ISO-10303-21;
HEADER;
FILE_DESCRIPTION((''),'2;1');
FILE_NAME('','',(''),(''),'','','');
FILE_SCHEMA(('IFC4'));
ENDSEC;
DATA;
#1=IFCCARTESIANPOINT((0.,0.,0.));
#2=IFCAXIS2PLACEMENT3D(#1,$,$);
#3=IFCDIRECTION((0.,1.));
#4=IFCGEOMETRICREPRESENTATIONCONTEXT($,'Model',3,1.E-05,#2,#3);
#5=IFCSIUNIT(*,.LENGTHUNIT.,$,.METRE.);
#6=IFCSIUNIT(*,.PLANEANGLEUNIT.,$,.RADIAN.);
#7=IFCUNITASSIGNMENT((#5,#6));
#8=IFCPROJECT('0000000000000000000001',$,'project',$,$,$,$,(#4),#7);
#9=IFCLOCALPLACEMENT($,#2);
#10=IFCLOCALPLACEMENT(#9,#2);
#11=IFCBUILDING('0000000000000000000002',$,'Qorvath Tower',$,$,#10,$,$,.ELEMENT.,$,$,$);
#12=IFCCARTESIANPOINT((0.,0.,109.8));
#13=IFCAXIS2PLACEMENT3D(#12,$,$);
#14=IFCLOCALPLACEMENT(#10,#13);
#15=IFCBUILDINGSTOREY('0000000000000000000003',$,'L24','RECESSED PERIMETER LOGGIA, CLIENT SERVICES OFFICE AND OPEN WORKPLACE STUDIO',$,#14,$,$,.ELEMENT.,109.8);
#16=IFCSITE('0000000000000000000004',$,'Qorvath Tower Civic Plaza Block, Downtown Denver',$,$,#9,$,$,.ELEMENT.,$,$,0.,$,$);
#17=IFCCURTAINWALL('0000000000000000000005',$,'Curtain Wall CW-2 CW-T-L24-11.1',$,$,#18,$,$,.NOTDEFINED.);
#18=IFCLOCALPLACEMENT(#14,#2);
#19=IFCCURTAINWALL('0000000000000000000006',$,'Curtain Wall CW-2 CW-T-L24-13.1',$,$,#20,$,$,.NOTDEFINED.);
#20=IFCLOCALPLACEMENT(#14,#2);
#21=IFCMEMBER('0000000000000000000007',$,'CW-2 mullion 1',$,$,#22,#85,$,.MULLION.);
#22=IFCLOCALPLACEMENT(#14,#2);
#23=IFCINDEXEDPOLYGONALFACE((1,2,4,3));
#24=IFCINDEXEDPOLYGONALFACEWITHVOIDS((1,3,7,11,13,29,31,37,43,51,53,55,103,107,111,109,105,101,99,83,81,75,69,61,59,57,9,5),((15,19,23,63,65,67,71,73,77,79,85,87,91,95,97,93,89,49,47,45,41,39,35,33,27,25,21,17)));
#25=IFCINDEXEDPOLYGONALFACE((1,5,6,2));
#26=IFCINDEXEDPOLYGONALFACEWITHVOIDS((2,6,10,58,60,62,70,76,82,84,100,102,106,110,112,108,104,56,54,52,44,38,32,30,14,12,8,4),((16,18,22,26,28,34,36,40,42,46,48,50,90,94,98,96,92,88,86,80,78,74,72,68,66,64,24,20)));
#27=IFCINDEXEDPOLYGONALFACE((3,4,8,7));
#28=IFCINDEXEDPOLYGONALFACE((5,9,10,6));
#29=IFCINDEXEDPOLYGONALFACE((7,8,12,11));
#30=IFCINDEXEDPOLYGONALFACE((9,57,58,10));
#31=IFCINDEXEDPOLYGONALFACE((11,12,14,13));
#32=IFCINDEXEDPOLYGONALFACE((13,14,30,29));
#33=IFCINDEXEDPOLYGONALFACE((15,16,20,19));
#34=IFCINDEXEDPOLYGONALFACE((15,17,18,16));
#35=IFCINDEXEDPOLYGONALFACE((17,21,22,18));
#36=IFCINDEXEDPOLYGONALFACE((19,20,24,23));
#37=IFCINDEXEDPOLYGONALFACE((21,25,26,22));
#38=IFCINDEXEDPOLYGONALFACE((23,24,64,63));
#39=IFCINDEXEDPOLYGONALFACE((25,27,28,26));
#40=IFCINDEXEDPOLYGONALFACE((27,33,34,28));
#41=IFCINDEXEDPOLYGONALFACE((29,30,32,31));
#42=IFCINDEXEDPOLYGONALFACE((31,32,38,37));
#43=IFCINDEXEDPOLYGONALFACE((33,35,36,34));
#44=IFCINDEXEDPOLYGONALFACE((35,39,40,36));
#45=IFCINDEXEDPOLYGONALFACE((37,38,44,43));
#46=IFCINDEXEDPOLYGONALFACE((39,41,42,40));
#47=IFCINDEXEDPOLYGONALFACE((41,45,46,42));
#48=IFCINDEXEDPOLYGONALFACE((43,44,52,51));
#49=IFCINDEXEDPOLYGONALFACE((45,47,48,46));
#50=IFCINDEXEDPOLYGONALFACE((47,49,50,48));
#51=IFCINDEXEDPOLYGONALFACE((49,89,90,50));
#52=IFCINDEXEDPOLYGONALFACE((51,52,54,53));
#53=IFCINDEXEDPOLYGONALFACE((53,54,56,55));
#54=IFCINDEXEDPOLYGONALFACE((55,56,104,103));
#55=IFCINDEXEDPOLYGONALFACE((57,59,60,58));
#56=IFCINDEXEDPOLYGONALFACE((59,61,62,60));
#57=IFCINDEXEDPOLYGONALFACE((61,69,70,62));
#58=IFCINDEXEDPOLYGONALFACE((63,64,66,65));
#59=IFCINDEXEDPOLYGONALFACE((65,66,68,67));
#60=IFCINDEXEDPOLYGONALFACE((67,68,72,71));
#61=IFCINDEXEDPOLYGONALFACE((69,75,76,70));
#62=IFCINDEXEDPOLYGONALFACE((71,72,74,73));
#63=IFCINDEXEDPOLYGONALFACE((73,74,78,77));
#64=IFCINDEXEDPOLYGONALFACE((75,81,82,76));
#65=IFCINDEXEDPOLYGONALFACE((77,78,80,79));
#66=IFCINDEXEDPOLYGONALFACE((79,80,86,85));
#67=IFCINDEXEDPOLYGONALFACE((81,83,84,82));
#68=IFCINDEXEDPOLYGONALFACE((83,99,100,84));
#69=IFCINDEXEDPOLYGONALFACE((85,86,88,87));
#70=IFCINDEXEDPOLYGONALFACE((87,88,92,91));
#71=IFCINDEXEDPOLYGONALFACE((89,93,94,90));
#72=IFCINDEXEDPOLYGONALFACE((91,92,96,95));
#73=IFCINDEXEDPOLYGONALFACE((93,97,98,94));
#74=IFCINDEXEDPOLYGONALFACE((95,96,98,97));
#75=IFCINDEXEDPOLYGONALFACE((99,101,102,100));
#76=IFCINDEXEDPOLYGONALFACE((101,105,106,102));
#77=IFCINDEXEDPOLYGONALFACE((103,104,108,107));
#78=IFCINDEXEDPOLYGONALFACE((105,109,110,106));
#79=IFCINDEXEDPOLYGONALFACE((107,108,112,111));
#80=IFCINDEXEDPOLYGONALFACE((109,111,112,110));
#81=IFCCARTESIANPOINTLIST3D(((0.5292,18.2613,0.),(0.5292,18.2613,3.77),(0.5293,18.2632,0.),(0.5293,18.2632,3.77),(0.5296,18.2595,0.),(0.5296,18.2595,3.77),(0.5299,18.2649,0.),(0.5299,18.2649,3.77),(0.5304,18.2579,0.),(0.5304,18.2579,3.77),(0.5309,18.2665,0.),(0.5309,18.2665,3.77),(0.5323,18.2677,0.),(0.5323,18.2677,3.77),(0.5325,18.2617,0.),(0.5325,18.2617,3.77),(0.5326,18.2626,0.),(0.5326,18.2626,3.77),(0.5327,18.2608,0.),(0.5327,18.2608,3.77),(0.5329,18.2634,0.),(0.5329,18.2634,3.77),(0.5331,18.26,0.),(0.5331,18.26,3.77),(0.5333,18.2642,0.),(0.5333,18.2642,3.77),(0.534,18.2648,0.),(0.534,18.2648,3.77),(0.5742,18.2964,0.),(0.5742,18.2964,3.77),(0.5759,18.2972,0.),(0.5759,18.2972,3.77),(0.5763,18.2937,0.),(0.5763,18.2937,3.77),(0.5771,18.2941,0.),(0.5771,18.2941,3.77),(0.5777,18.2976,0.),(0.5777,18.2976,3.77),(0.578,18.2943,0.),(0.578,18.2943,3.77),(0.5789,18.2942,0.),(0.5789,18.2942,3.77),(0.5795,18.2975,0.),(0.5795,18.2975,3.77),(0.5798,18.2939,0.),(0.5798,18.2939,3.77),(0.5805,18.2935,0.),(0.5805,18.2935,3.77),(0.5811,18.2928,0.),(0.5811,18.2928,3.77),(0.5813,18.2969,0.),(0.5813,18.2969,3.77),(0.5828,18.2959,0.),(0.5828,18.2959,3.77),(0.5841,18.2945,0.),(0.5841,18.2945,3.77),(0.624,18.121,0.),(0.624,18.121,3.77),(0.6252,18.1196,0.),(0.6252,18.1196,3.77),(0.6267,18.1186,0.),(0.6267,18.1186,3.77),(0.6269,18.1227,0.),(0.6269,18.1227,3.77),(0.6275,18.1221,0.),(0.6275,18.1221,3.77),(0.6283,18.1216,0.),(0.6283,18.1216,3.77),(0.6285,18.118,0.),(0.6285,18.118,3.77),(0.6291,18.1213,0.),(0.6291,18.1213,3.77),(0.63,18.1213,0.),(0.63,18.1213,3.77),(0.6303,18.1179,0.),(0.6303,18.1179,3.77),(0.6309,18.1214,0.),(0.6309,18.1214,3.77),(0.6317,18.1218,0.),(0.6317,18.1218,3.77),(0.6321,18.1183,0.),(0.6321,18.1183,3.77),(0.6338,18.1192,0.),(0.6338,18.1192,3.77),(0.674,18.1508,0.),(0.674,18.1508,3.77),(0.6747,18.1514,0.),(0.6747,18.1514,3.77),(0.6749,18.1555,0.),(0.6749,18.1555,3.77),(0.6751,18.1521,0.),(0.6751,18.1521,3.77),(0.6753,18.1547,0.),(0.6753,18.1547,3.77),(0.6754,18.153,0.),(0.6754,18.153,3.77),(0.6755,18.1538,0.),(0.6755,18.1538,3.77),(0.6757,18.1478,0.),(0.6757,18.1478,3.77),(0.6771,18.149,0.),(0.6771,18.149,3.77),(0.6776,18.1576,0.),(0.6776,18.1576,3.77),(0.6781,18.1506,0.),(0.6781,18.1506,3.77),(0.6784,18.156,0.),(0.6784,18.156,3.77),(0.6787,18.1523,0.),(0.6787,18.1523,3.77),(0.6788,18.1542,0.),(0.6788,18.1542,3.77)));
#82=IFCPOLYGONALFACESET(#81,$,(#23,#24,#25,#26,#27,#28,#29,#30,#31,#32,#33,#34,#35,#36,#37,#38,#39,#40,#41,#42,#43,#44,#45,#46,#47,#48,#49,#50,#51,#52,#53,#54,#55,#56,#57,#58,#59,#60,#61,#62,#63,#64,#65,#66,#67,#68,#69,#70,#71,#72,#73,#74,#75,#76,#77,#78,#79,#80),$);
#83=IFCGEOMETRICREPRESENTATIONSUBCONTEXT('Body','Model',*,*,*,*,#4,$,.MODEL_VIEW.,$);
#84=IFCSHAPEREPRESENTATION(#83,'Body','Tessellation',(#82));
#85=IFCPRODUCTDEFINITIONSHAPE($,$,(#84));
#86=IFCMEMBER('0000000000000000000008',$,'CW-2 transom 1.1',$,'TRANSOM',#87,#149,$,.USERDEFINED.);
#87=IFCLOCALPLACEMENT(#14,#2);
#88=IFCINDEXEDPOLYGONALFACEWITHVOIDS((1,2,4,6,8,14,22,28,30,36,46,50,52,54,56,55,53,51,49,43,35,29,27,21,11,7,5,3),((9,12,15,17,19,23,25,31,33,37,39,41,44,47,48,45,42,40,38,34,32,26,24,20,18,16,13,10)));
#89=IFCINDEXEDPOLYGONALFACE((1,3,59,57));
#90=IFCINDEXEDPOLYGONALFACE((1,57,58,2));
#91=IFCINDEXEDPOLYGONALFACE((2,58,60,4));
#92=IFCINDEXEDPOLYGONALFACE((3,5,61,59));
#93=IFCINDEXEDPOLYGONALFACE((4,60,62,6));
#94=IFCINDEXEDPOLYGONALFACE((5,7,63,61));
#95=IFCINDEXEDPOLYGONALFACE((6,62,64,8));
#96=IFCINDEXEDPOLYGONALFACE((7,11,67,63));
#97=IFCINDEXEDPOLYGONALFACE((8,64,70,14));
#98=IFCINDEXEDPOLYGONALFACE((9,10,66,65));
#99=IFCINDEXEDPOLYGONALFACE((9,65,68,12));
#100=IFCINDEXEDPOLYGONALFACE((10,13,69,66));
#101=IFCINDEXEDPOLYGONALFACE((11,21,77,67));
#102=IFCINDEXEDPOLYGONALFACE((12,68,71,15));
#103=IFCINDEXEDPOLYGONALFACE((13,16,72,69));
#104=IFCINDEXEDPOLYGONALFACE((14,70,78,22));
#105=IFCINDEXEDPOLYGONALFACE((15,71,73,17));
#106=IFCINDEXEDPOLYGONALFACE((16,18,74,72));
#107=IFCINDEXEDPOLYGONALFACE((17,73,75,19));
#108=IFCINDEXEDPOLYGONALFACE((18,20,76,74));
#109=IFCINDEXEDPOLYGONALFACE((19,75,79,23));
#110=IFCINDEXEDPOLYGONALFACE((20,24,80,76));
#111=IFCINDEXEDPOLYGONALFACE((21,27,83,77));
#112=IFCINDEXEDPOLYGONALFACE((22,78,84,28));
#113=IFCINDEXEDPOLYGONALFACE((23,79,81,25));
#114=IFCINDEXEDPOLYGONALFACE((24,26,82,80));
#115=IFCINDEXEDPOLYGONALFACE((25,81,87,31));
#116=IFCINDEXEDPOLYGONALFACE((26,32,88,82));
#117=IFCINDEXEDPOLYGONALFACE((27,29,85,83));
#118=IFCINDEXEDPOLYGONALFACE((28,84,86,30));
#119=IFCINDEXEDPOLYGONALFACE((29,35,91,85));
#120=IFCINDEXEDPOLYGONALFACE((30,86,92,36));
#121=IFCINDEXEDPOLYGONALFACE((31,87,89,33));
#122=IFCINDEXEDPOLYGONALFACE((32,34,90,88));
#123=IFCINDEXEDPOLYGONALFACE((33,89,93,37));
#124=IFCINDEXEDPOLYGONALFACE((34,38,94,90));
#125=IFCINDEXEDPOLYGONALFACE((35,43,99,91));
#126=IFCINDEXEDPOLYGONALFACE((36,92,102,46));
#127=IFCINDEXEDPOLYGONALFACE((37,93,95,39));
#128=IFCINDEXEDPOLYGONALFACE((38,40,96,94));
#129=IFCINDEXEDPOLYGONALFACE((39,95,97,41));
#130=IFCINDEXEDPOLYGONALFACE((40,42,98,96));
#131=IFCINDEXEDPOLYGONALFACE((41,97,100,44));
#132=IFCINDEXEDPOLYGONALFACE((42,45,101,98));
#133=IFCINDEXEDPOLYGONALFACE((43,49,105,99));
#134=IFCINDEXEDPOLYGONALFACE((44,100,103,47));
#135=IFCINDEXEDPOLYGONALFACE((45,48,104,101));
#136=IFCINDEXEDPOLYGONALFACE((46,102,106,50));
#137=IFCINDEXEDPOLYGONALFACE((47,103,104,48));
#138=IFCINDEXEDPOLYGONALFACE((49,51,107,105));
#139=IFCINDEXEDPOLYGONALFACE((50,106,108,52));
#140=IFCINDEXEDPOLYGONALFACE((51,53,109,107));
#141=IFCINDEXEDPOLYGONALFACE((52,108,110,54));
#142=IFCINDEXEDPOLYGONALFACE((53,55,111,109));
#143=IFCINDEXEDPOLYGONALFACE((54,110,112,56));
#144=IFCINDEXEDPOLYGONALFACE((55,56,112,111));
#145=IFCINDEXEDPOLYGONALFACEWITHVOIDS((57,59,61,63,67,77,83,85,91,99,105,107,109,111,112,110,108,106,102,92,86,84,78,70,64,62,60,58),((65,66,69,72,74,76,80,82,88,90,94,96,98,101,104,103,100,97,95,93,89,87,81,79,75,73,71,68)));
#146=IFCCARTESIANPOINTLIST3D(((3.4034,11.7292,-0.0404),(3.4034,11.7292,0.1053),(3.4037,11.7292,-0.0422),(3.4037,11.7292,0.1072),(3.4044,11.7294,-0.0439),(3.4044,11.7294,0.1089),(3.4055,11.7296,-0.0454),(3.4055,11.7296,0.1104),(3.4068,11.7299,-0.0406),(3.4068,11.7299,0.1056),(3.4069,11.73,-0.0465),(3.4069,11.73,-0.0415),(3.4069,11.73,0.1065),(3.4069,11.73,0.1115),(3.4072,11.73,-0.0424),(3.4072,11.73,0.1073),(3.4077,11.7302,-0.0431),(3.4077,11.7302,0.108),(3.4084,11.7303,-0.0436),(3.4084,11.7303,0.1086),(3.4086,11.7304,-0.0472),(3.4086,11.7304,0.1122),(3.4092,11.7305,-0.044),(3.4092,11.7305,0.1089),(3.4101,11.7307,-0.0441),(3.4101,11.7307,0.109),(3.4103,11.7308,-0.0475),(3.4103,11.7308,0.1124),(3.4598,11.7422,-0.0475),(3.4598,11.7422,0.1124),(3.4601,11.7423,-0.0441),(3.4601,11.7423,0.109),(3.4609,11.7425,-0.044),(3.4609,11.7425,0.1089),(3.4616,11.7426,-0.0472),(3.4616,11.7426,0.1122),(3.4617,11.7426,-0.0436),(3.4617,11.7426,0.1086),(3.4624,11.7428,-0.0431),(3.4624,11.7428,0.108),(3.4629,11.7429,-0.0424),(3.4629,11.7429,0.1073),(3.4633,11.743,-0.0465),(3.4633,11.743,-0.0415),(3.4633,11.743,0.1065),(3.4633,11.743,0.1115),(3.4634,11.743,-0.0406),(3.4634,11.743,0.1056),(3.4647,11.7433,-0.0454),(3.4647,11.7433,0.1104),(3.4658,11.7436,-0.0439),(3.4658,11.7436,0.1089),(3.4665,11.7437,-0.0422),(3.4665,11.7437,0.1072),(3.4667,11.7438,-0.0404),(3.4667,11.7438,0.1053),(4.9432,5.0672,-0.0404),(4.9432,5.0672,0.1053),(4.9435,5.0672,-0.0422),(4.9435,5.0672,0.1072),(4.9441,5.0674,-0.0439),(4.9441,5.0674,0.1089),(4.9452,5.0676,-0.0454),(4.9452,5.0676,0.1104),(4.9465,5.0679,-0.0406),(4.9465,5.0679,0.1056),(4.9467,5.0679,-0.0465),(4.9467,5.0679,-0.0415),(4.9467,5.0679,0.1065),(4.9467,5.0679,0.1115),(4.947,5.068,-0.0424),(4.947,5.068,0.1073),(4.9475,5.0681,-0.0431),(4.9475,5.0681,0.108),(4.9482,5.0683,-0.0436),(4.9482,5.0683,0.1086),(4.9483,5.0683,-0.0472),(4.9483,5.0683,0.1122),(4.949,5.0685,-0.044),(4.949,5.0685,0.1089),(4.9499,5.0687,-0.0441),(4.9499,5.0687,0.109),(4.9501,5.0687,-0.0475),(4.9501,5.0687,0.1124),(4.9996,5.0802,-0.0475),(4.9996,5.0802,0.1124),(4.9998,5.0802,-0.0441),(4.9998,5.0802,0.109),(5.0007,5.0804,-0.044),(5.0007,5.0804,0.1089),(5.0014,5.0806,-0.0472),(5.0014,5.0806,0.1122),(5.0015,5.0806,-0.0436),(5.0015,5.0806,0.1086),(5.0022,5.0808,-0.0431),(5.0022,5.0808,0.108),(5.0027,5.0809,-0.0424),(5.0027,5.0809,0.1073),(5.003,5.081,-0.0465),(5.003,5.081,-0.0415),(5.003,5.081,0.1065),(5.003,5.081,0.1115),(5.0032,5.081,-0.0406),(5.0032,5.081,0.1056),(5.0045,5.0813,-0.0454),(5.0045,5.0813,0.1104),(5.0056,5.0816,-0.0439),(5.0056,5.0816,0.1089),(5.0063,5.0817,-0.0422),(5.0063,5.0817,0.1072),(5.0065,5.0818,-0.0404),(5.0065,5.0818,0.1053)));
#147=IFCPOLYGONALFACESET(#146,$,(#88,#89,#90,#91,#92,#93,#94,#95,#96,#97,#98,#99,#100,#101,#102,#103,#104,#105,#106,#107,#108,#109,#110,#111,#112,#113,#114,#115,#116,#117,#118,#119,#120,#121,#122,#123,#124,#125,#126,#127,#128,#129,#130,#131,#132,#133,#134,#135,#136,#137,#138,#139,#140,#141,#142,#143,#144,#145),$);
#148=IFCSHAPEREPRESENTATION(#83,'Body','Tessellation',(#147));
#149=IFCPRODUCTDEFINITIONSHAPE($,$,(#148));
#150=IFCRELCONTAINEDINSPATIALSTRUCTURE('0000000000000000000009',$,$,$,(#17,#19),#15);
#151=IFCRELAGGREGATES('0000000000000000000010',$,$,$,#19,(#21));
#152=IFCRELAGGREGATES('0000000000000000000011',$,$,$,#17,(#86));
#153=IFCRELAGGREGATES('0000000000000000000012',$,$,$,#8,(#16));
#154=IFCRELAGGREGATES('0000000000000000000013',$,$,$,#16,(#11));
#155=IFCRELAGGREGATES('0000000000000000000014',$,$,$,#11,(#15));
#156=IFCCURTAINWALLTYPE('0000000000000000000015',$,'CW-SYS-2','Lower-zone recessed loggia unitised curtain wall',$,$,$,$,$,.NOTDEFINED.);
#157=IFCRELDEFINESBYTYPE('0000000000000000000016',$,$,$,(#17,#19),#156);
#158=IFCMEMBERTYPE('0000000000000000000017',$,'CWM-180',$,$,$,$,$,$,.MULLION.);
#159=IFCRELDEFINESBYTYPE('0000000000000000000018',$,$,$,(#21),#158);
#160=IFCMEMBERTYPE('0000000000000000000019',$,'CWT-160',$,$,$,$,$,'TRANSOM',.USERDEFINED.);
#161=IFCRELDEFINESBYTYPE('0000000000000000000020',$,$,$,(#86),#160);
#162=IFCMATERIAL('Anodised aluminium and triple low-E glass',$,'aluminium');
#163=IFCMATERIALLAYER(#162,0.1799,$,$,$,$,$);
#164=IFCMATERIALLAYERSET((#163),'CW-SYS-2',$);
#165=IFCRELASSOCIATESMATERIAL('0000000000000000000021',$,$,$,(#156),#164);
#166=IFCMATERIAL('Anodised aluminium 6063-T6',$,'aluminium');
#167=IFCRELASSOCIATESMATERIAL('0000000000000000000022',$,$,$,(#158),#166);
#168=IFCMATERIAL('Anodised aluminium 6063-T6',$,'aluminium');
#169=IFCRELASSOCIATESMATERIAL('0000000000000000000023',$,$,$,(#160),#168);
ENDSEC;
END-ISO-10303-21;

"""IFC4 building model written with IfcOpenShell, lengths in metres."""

from ifc_helpers import new_model, si_unit, direction, frame, origin, origin_2d, place, context, subcontext, project, spatial, hollow_rectangle, extrude, material, layer, layer_set, material_profile, profile_set, type_object, element, aggregate, save


model = new_model("IFC4")

# Units and contexts
model_context = context("Model", 3, precision=1e-05, world=origin(), true_north=direction((0.0, 1.0)))
body_context = subcontext(model_context, "Body", "Model", "MODEL_VIEW")
ifc_project = project(units=[si_unit("LENGTHUNIT", "METRE"), si_unit("PLANEANGLEUNIT", "RADIAN")], contexts=[model_context])

# Site, building, storey
site_placement = place(None, origin())
site = spatial("IfcSite", under=ifc_project, at=site_placement, Name="Qorvath Tower Civic Plaza Block, Downtown Denver", CompositionType="ELEMENT", RefElevation=0.0)
building_placement = place(site_placement, origin())
building = spatial("IfcBuilding", under=site, at=building_placement, Name="Qorvath Tower", CompositionType="ELEMENT")
storey_placement = place(building_placement, frame((0.0, 0.0, 109.8)))
storey = spatial("IfcBuildingStorey", under=building, at=storey_placement, Name="L24", Description="RECESSED PERIMETER LOGGIA, CLIENT SERVICES OFFICE AND OPEN WORKPLACE STUDIO", CompositionType="ELEMENT", Elevation=109.8)

# Curtain wall
ifc_material_1 = material(Name="Anodised aluminium and triple low-E glass", Category="aluminium")
ifc_layer_1 = layer(ifc_material_1, 0.1799)
ifc_layer_set_1 = layer_set([ifc_layer_1], Name="CW-SYS-2")
curtain_wall_type = type_object("IfcCurtainWallType", Name="CW-SYS-2", Description="Lower-zone recessed loggia unitised curtain wall", PredefinedType="NOTDEFINED", material=ifc_layer_set_1)
curtain_wall_1_placement = place(storey_placement, origin())
curtain_wall_1 = element("IfcCurtainWall", 1, at=curtain_wall_1_placement, inside=storey, type_object=curtain_wall_type, Name="Curtain Wall CW-2 CW-T-L24-11.1", PredefinedType="NOTDEFINED")
ifc_material_2 = material(Name="Anodised aluminium 6063-T6", Category="aluminium")
ifc_material_profile_1 = material_profile(ifc_material_2, hollow_rectangle(XDim=0.0649, YDim=0.1799, WallThickness=0.0034, InnerFilletRadius=0.0034, OuterFilletRadius=0.0071, at=origin_2d()), Name="CWM 180x65")
ifc_profile_set_1 = profile_set([ifc_material_profile_1], Name="Anodised aluminium 6063-T6")
member_type_1 = type_object("IfcMemberType", Name="CWM-180", PredefinedType="MULLION", material=ifc_profile_set_1)

# Curtain wall, member
curtain_wall_2_placement = place(storey_placement, origin())
curtain_wall_2 = element("IfcCurtainWall", 2, at=curtain_wall_2_placement, inside=storey, type_object=curtain_wall_type, Name="Curtain Wall CW-2 CW-T-L24-13.1", PredefinedType="NOTDEFINED")
member_1_placement = place(storey_placement, frame((0.604, 18.2078, 0.0), z_axis=(0.0, 0.0, 1.0), x_axis=(-0.825695, -0.564117, 0.0)))
member_1 = element("IfcMember", 3, at=member_1_placement, type_object=member_type_1, Name="CW-2 mullion 1", PredefinedType="MULLION", context=body_context, shape_type="SweptSolid", body=[
    extrude(hollow_rectangle(XDim=0.0649, YDim=0.1799, WallThickness=0.0034, InnerFilletRadius=0.0034, OuterFilletRadius=0.0071, at=origin_2d()), origin(), (0.0, 0.0, 1.0), 3.77),
])

# Member
ifc_material_3 = material(Name="Anodised aluminium 6063-T6", Category="aluminium")
ifc_material_profile_2 = material_profile(ifc_material_3, hollow_rectangle(XDim=0.0649, YDim=0.1599, WallThickness=0.0034, InnerFilletRadius=0.0034, OuterFilletRadius=0.0071, at=origin_2d()), Name="CWT 160x65")
ifc_profile_set_2 = profile_set([ifc_material_profile_2], Name="Anodised aluminium 6063-T6")
member_type_2 = type_object("IfcMemberType", Name="CWT-160", ElementType="TRANSOM", PredefinedType="USERDEFINED", material=ifc_profile_set_2)
member_2_placement = place(storey_placement, frame((4.9749, 5.0745, 0.0325), z_axis=(-0.225191, 0.974315, 0.0), x_axis=(-0.974315, -0.225191, 0.0)))
member_2 = element("IfcMember", 4, at=member_2_placement, type_object=member_type_2, Name="CW-2 transom 1.1", ObjectType="TRANSOM", PredefinedType="USERDEFINED", context=body_context, shape_type="SweptSolid", body=[
    extrude(hollow_rectangle(XDim=0.0649, YDim=0.1599, WallThickness=0.0034, InnerFilletRadius=0.0034, OuterFilletRadius=0.0071, at=origin_2d()), origin(), (0.0, 0.0, 1.0), 6.8376),
])
aggregate(curtain_wall_2, [member_1])

aggregate(curtain_wall_1, [member_2])

save(model, "model.ifc")
